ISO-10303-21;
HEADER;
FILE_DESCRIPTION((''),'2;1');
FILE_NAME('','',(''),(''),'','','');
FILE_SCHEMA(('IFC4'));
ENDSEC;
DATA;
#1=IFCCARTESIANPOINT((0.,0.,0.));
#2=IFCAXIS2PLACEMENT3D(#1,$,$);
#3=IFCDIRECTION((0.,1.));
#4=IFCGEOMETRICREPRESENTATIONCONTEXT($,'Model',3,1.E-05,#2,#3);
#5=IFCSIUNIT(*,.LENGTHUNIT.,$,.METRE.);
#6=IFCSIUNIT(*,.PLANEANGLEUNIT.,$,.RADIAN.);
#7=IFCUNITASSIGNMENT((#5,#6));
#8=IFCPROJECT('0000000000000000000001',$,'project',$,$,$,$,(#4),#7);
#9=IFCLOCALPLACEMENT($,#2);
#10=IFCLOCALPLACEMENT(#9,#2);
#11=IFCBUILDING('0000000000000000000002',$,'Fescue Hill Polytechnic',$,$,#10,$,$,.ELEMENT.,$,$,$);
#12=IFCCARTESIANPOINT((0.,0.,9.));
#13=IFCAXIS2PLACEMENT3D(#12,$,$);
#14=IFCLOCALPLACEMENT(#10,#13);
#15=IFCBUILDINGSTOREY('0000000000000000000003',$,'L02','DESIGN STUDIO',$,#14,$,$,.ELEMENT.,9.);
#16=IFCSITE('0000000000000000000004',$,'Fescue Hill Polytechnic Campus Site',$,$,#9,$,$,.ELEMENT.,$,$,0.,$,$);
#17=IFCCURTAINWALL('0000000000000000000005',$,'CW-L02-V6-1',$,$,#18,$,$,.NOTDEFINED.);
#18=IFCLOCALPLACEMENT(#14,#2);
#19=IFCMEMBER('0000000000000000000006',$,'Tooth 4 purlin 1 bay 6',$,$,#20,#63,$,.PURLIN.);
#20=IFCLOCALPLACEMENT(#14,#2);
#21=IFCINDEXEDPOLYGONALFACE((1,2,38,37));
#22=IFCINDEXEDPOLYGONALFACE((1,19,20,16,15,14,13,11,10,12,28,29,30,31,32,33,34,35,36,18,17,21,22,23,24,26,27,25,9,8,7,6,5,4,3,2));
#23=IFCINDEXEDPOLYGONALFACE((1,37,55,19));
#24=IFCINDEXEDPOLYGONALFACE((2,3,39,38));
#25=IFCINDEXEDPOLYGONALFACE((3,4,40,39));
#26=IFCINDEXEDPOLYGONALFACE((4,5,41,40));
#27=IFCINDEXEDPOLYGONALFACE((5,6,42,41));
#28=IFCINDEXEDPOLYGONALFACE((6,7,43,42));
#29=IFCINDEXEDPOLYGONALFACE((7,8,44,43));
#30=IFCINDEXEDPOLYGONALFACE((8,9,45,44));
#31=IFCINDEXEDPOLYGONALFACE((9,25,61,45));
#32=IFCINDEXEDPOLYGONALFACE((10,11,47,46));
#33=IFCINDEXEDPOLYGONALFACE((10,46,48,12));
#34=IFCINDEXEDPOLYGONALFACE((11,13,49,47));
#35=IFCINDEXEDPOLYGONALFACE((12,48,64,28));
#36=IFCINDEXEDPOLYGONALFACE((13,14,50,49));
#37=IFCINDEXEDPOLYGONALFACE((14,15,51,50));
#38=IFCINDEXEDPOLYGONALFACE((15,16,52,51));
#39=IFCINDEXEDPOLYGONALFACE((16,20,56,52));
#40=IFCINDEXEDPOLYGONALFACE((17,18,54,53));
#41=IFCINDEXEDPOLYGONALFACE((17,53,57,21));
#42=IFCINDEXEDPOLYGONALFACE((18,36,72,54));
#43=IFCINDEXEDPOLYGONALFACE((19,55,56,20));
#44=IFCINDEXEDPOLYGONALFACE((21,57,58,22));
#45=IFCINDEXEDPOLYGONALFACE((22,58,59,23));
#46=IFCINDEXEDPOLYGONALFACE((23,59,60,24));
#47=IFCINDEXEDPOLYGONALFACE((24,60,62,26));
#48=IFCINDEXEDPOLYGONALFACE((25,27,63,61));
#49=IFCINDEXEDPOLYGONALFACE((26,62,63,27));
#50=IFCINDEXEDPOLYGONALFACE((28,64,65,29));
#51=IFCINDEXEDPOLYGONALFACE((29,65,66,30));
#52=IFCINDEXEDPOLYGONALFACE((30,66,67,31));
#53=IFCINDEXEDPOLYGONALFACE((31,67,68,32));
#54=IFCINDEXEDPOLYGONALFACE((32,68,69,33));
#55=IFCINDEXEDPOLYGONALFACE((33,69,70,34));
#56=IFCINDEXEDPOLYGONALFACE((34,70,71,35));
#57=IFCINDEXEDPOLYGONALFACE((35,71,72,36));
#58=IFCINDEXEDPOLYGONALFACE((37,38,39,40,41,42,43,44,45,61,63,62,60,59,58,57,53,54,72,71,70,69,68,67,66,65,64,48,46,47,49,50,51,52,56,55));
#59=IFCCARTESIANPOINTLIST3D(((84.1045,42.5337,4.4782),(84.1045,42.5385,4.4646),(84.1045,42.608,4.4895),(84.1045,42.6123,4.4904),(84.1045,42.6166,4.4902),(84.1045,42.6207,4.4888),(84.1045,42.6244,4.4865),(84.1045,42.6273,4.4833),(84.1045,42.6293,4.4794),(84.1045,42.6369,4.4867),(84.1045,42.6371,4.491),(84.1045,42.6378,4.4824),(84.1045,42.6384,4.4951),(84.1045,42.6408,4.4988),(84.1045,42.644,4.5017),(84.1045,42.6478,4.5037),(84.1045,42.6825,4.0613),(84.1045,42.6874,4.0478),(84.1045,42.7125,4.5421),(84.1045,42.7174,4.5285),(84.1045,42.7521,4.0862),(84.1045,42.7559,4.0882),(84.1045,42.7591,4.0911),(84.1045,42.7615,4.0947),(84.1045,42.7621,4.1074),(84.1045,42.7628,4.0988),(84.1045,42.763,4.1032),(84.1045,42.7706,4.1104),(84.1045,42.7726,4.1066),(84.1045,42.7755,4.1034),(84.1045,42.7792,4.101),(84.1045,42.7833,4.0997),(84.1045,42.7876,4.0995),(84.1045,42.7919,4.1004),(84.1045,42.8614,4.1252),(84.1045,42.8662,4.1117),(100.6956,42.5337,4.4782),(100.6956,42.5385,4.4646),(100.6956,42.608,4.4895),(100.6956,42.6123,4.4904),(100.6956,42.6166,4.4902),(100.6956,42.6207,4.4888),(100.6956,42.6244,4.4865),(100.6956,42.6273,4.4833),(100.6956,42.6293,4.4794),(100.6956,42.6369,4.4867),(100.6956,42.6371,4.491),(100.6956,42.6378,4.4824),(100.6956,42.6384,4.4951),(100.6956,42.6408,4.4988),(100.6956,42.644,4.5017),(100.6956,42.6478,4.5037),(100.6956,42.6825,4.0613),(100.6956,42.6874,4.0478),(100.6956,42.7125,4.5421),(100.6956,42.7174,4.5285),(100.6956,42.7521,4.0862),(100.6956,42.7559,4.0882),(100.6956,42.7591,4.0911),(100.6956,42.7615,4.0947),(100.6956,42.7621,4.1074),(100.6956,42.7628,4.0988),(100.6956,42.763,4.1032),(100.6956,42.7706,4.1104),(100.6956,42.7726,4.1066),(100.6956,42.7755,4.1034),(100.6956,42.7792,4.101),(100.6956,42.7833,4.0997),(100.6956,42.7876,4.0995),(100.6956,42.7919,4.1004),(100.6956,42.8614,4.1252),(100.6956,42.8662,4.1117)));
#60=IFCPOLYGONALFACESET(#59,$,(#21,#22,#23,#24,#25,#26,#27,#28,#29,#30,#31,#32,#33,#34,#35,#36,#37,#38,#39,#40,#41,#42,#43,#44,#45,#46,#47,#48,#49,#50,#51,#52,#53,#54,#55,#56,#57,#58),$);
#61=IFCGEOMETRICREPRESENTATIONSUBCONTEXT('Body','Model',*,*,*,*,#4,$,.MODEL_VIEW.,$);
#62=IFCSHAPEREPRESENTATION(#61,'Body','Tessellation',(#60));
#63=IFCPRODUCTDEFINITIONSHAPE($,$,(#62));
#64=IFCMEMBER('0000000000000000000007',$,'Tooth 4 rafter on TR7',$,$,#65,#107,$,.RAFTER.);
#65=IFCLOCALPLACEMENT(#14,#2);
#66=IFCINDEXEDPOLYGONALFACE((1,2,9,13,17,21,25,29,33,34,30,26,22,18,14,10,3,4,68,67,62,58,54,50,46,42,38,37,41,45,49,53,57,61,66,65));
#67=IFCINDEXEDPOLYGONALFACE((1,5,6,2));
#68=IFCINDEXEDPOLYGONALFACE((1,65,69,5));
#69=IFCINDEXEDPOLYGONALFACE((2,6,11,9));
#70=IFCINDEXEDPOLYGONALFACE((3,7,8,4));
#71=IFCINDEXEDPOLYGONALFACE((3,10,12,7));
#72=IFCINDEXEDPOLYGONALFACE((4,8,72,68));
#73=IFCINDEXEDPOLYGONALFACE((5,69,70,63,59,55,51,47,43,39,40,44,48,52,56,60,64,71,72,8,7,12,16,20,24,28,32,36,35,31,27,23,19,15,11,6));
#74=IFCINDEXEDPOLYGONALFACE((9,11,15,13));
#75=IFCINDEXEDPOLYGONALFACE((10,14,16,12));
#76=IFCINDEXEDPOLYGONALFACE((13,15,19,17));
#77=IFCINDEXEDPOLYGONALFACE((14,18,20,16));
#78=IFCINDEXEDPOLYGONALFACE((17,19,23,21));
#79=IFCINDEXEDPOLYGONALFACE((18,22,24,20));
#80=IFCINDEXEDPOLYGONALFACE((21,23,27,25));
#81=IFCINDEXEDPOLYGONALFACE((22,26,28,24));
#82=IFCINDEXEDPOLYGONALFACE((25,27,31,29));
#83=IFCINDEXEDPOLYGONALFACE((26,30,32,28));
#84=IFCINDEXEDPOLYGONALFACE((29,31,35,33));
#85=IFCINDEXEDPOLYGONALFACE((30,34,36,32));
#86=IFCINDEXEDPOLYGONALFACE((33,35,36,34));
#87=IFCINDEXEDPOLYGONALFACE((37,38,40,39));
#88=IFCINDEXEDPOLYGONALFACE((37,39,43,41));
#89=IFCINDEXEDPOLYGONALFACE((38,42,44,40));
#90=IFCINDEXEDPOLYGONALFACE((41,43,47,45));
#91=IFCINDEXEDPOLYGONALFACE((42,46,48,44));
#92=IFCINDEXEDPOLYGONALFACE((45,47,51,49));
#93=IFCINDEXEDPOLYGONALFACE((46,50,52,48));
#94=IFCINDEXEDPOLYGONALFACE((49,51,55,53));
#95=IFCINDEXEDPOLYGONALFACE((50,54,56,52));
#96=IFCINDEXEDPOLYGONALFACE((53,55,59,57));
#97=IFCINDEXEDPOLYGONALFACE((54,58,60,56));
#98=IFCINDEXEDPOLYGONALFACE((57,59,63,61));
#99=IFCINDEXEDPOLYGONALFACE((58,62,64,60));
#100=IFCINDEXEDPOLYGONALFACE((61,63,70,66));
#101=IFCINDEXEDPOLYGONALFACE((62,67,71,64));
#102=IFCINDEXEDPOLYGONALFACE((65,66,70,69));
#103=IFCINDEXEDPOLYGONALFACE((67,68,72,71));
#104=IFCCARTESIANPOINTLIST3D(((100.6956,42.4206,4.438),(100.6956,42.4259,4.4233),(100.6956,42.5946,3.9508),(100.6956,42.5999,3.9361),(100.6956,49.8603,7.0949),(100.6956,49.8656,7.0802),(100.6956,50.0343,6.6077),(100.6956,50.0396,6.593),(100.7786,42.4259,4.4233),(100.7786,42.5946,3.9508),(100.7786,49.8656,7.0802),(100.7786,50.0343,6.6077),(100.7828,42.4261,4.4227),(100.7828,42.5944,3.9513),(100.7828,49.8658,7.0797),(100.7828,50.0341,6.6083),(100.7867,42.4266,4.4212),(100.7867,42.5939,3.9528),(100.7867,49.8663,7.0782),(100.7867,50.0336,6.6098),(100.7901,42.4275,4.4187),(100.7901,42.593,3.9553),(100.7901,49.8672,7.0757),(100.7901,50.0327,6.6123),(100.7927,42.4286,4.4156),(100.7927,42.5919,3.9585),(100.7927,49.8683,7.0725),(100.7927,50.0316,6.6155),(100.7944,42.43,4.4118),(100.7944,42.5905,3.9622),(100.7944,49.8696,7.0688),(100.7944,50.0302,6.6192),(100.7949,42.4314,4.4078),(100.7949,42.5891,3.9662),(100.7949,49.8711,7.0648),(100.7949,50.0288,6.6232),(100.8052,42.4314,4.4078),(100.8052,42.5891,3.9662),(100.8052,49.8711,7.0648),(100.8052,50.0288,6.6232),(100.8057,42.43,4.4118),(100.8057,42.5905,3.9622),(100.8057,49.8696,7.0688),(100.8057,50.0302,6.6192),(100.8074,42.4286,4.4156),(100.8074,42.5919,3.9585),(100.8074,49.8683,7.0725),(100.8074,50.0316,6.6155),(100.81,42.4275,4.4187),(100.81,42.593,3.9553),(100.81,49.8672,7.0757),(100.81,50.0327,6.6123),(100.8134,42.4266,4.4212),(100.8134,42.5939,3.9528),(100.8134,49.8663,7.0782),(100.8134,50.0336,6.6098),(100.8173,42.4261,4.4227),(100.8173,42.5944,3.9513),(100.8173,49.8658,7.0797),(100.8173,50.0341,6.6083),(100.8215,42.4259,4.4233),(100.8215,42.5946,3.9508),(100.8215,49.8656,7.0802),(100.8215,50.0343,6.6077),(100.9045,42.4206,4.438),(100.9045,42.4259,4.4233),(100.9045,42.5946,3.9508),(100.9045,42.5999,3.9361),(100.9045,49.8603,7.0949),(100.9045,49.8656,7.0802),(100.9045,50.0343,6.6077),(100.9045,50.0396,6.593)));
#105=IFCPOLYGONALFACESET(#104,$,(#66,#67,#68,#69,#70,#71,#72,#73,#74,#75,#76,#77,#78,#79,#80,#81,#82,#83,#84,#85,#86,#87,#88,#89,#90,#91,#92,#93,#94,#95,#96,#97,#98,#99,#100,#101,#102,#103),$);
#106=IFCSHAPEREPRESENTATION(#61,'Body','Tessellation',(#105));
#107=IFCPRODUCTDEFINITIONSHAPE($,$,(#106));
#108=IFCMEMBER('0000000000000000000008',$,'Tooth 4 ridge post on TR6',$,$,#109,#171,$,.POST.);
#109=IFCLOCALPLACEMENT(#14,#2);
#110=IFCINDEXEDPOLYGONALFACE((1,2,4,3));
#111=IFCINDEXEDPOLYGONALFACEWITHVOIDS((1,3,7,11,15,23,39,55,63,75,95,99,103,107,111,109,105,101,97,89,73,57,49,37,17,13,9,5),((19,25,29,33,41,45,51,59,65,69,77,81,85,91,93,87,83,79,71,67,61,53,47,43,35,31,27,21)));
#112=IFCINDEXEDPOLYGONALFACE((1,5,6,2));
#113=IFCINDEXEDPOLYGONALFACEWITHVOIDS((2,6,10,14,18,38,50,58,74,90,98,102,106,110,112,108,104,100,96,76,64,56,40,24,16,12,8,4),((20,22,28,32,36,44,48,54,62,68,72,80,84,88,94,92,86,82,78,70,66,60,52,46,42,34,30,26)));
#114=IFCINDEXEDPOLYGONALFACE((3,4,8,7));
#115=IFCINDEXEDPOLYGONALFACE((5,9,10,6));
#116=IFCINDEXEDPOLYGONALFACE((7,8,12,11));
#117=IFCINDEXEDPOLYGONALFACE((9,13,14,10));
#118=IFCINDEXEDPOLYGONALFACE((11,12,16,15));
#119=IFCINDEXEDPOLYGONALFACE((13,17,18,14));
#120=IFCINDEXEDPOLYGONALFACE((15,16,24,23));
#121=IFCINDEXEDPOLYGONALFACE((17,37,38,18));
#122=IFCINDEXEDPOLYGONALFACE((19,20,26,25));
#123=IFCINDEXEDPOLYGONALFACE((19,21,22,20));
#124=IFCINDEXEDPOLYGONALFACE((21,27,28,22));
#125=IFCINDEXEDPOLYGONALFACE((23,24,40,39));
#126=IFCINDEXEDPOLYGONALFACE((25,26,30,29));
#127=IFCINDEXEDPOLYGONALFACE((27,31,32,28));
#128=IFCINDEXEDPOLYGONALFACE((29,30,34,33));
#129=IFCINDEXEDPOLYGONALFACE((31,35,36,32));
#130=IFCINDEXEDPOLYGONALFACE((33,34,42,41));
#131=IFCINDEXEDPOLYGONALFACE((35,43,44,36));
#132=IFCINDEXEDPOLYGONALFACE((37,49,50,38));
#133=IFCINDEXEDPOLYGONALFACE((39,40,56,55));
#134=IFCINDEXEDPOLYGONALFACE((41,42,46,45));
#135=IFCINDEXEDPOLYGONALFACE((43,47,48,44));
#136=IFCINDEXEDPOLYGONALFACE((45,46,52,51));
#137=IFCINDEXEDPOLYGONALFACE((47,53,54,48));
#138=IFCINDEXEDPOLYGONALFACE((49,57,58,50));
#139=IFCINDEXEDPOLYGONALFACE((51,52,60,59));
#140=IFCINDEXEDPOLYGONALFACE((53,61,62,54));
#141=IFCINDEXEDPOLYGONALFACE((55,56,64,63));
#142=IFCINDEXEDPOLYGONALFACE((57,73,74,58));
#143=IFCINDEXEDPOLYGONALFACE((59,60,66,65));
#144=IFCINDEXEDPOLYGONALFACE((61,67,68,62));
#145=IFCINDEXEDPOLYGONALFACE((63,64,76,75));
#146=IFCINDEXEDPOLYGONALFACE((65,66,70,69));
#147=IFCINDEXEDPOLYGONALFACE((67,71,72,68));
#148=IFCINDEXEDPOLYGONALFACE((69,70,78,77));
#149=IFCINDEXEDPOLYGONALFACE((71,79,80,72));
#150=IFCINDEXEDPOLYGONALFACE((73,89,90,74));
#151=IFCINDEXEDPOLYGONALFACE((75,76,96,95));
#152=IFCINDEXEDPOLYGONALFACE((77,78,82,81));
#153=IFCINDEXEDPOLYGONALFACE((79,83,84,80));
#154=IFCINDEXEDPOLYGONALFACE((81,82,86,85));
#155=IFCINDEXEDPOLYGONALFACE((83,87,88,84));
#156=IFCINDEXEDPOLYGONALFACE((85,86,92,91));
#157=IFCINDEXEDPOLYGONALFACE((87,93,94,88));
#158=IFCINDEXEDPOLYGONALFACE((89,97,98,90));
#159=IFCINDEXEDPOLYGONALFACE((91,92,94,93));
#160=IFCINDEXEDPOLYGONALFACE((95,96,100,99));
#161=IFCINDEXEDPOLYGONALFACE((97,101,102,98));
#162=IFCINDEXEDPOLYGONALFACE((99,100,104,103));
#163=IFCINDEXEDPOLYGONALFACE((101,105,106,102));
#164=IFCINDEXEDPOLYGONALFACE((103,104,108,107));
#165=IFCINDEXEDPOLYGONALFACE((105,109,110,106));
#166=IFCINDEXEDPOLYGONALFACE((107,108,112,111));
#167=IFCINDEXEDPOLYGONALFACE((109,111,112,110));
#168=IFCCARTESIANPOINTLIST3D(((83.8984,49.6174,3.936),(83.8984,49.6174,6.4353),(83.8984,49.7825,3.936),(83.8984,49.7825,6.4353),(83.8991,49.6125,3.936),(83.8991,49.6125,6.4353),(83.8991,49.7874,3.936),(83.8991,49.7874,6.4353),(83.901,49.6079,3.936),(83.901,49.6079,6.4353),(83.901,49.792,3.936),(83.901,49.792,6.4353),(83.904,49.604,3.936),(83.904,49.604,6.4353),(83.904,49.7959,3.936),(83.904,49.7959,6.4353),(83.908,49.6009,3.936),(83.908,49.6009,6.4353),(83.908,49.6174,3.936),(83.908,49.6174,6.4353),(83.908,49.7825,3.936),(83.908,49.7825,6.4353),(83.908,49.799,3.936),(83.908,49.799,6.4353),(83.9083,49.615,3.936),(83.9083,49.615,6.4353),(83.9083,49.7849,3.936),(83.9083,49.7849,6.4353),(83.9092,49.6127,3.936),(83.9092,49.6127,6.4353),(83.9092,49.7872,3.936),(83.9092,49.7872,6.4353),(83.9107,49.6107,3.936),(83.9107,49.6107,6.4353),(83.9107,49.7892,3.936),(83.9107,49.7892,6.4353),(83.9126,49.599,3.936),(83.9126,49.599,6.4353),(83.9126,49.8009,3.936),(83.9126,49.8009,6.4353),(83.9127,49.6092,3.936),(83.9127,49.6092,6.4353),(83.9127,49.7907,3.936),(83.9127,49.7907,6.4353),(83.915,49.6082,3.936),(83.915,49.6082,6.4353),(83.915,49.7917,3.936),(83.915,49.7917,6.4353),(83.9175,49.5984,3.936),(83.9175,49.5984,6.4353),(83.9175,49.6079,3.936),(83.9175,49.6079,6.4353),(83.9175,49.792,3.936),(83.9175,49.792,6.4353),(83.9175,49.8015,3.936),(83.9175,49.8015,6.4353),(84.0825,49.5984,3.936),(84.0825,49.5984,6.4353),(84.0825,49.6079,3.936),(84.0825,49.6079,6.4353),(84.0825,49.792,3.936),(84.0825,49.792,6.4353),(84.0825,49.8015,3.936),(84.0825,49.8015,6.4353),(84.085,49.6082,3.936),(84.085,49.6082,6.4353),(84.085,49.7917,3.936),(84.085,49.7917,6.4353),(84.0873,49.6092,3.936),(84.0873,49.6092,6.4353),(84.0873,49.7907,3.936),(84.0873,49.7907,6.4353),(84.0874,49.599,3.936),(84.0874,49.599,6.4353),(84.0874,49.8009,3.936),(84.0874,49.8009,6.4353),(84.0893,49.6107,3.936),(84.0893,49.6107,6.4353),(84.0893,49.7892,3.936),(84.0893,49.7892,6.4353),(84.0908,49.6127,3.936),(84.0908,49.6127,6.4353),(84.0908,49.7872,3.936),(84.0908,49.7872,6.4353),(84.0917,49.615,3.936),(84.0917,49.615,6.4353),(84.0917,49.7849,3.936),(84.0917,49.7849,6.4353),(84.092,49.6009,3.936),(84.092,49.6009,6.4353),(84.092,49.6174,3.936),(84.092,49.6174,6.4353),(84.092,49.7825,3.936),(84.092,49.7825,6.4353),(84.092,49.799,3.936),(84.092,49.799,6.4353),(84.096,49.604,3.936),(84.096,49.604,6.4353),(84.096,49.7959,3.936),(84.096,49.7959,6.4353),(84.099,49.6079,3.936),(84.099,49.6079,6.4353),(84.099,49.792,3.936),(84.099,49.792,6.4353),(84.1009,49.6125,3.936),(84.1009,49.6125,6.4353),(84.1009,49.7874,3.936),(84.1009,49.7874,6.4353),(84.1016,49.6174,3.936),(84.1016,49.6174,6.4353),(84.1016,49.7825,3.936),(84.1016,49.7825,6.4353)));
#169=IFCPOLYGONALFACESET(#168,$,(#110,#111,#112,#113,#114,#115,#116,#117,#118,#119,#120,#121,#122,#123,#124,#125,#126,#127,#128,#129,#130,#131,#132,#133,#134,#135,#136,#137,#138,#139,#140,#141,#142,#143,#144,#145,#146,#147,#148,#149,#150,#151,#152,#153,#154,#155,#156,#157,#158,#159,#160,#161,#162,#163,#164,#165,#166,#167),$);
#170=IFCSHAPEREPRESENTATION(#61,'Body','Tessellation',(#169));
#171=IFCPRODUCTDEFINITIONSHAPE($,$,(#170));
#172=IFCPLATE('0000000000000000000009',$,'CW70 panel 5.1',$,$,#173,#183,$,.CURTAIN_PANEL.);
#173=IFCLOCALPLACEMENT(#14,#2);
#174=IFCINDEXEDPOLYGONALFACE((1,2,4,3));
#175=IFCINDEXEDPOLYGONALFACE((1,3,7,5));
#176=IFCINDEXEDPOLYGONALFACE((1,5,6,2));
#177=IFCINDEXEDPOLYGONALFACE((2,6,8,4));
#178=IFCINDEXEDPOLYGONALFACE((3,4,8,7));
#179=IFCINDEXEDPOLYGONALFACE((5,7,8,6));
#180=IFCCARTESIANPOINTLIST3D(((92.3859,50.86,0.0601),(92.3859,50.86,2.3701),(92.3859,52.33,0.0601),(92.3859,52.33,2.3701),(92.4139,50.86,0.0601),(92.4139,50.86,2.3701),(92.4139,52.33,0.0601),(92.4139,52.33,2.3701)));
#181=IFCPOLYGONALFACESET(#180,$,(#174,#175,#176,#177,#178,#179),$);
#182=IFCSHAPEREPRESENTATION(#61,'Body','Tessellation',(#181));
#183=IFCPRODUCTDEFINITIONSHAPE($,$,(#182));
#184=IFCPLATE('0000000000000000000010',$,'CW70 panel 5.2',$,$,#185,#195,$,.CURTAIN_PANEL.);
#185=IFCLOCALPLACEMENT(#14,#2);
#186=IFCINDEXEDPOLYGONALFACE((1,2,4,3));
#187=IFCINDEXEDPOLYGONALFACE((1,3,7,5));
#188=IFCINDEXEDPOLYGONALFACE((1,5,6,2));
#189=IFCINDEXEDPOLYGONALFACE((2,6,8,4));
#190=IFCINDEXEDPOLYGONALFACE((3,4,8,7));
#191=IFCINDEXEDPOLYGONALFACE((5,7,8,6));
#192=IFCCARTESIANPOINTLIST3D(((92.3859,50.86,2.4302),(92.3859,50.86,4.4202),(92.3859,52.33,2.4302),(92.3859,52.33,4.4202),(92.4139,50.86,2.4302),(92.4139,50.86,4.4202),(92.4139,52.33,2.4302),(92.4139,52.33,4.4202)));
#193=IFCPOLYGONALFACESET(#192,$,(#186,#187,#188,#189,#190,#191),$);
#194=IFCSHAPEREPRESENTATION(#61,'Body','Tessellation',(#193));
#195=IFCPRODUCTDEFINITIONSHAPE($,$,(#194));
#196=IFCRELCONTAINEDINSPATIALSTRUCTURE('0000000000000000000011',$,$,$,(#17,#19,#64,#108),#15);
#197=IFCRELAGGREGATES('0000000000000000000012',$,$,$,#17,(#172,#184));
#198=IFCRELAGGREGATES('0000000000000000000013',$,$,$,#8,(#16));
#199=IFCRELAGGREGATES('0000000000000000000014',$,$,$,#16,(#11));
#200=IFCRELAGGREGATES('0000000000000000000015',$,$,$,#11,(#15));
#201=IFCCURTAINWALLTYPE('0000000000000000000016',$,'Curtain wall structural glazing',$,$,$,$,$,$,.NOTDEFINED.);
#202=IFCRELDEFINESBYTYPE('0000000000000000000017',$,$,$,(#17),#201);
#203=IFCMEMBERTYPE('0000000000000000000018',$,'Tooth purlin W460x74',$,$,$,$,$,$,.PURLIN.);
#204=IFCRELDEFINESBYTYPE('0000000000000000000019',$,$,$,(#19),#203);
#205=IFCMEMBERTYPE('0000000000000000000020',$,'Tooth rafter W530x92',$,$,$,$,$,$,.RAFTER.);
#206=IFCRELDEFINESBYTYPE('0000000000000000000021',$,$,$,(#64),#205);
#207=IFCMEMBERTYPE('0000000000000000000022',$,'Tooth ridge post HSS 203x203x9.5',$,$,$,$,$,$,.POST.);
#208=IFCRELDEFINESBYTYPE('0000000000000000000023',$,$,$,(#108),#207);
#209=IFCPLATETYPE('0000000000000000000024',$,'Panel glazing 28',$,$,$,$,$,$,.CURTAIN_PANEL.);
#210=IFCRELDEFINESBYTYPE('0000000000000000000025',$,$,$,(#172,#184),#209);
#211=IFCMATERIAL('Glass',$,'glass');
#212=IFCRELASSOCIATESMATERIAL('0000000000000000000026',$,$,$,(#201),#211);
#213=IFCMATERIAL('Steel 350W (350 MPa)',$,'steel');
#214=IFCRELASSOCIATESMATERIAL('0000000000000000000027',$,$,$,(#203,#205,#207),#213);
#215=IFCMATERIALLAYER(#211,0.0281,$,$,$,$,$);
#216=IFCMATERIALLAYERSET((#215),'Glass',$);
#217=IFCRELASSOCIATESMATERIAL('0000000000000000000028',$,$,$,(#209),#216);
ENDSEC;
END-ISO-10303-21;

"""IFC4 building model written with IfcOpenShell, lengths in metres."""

from ifc_helpers import new_model, si_unit, direction, frame, origin, origin_2d, place, context, subcontext, project, spatial, rectangle, hollow_rectangle, i_section, extrude, material, layer, layer_set, material_profile, profile_set, type_object, element, aggregate, save


model = new_model("IFC4")

# Units and contexts
model_context = context("Model", 3, precision=1e-05, world=origin(), true_north=direction((0.0, 1.0)))
body_context = subcontext(model_context, "Body", "Model", "MODEL_VIEW")
ifc_project = project(units=[si_unit("LENGTHUNIT", "METRE"), si_unit("PLANEANGLEUNIT", "RADIAN")], contexts=[model_context])

# Site, building, storey
site_placement = place(None, origin())
site = spatial("IfcSite", under=ifc_project, at=site_placement, Name="Fescue Hill Polytechnic Campus Site", CompositionType="ELEMENT", RefElevation=0.0)
building_placement = place(site_placement, origin())
building = spatial("IfcBuilding", under=site, at=building_placement, Name="Fescue Hill Polytechnic", CompositionType="ELEMENT")
storey_placement = place(building_placement, frame((0.0, 0.0, 9.0)))
storey = spatial("IfcBuildingStorey", under=building, at=storey_placement, Name="L02", Description="DESIGN STUDIO", CompositionType="ELEMENT", Elevation=9.0)

# Shared definitions
ifc_material_1 = material(Name="Steel 350W (350 MPa)", Category="steel")

# Curtain wall
ifc_material_2 = material(Name="Glass", Category="glass")
curtain_wall_type = type_object("IfcCurtainWallType", Name="Curtain wall structural glazing", PredefinedType="NOTDEFINED", material=ifc_material_2)
curtain_wall_placement = place(storey_placement, origin())
curtain_wall = element("IfcCurtainWall", 1, at=curtain_wall_placement, inside=storey, type_object=curtain_wall_type, Name="CW-L02-V6-1", PredefinedType="NOTDEFINED")

# Members
ifc_material_profile_1 = material_profile(ifc_material_1, i_section(OverallWidth=0.1899, OverallDepth=0.457, WebThickness=0.009, FlangeThickness=0.0144, FilletRadius=0.0166, at=origin_2d()), Name="W460x74")
ifc_profile_set_1 = profile_set([ifc_material_profile_1], Name="Steel 350W (350 MPa)")
member_type_1 = type_object("IfcMemberType", Name="Tooth purlin W460x74", PredefinedType="PURLIN", material=ifc_profile_set_1)
member_1_placement = place(storey_placement, frame((84.1045, 42.7, 4.2949), z_axis=(1.0, 0.0, 0.0), x_axis=(0.0, 0.941742, 0.336336)))
element("IfcMember", 2, at=member_1_placement, inside=storey, type_object=member_type_1, Name="Tooth 4 purlin 1 bay 6", PredefinedType="PURLIN", context=body_context, shape_type="SweptSolid", body=[
    extrude(i_section(OverallWidth=0.1899, OverallDepth=0.457, WebThickness=0.009, FlangeThickness=0.0144, FilletRadius=0.0166, at=origin_2d()), origin(), (0.0, 0.0, 1.0), 16.5911),
])
ifc_material_profile_2 = material_profile(ifc_material_1, i_section(OverallWidth=0.209, OverallDepth=0.533, WebThickness=0.0103, FlangeThickness=0.0156, FilletRadius=0.0164, at=origin_2d()), Name="W530x92")
ifc_profile_set_2 = profile_set([ifc_material_profile_2], Name="Steel 350W (350 MPa)")
member_type_2 = type_object("IfcMemberType", Name="Tooth rafter W530x92", PredefinedType="RAFTER", material=ifc_profile_set_2)
member_2_placement = place(storey_placement, frame((100.8, 42.5103, 4.187), z_axis=(0.0, 0.941744, 0.336331), x_axis=(-1.0, 0.0, 0.0)))
element("IfcMember", 3, at=member_2_placement, inside=storey, type_object=member_type_2, Name="Tooth 4 rafter on TR7", PredefinedType="RAFTER", context=body_context, shape_type="SweptSolid", body=[
    extrude(i_section(OverallWidth=0.209, OverallDepth=0.533, WebThickness=0.0103, FlangeThickness=0.0156, FilletRadius=0.0164, at=origin_2d()), origin(), (0.0, 0.0, 1.0), 7.8999),
])
ifc_material_profile_3 = material_profile(ifc_material_1, hollow_rectangle(XDim=0.2031, YDim=0.2031, WallThickness=0.0095, InnerFilletRadius=0.0095, OuterFilletRadius=0.019, at=origin_2d()), Name="Tooth ridge post HSS 203x203x9.5")
ifc_profile_set_3 = profile_set([ifc_material_profile_3], Name="Steel 350W (350 MPa)")
member_type_3 = type_object("IfcMemberType", Name="Tooth ridge post HSS 203x203x9.5", PredefinedType="POST", material=ifc_profile_set_3)
member_3_placement = place(storey_placement, frame((84.0, 49.7, 3.936), z_axis=(0.0, 0.0, 1.0), x_axis=(1.0, 0.0, 0.0)))
element("IfcMember", 4, at=member_3_placement, inside=storey, type_object=member_type_3, Name="Tooth 4 ridge post on TR6", PredefinedType="POST", context=body_context, shape_type="SweptSolid", body=[
    extrude(hollow_rectangle(XDim=0.2031, YDim=0.2031, WallThickness=0.0095, InnerFilletRadius=0.0095, OuterFilletRadius=0.019, at=origin_2d()), origin(), (0.0, 0.0, 1.0), 2.4993),
])

# Plates
ifc_layer_1 = layer(ifc_material_2, 0.0281)
ifc_layer_set_1 = layer_set([ifc_layer_1], Name="Glass")
plate_type = type_object("IfcPlateType", Name="Panel glazing 28", PredefinedType="CURTAIN_PANEL", material=ifc_layer_set_1)
plate_1_placement = place(storey_placement, frame((92.3999, 51.595, 0.0601), z_axis=(0.0, 0.0, 1.0), x_axis=(0.0, -1.0, 0.0)))
plate_1 = element("IfcPlate", 5, at=plate_1_placement, type_object=plate_type, Name="CW70 panel 5.1", PredefinedType="CURTAIN_PANEL", context=body_context, shape_type="SweptSolid", body=[
    extrude(rectangle(XDim=1.47, YDim=0.0281, at=origin_2d()), origin(), (0.0, 0.0, 1.0), 2.3101),
])
plate_2_placement = place(storey_placement, frame((92.3999, 51.595, 2.4302), z_axis=(0.0, 0.0, 1.0), x_axis=(0.0, -1.0, 0.0)))
plate_2 = element("IfcPlate", 6, at=plate_2_placement, type_object=plate_type, Name="CW70 panel 5.2", PredefinedType="CURTAIN_PANEL", context=body_context, shape_type="SweptSolid", body=[
    extrude(rectangle(XDim=1.47, YDim=0.0281, at=origin_2d()), origin(), (0.0, 0.0, 1.0), 1.99),
])
aggregate(curtain_wall, [plate_1, plate_2])

save(model, "model.ifc")
